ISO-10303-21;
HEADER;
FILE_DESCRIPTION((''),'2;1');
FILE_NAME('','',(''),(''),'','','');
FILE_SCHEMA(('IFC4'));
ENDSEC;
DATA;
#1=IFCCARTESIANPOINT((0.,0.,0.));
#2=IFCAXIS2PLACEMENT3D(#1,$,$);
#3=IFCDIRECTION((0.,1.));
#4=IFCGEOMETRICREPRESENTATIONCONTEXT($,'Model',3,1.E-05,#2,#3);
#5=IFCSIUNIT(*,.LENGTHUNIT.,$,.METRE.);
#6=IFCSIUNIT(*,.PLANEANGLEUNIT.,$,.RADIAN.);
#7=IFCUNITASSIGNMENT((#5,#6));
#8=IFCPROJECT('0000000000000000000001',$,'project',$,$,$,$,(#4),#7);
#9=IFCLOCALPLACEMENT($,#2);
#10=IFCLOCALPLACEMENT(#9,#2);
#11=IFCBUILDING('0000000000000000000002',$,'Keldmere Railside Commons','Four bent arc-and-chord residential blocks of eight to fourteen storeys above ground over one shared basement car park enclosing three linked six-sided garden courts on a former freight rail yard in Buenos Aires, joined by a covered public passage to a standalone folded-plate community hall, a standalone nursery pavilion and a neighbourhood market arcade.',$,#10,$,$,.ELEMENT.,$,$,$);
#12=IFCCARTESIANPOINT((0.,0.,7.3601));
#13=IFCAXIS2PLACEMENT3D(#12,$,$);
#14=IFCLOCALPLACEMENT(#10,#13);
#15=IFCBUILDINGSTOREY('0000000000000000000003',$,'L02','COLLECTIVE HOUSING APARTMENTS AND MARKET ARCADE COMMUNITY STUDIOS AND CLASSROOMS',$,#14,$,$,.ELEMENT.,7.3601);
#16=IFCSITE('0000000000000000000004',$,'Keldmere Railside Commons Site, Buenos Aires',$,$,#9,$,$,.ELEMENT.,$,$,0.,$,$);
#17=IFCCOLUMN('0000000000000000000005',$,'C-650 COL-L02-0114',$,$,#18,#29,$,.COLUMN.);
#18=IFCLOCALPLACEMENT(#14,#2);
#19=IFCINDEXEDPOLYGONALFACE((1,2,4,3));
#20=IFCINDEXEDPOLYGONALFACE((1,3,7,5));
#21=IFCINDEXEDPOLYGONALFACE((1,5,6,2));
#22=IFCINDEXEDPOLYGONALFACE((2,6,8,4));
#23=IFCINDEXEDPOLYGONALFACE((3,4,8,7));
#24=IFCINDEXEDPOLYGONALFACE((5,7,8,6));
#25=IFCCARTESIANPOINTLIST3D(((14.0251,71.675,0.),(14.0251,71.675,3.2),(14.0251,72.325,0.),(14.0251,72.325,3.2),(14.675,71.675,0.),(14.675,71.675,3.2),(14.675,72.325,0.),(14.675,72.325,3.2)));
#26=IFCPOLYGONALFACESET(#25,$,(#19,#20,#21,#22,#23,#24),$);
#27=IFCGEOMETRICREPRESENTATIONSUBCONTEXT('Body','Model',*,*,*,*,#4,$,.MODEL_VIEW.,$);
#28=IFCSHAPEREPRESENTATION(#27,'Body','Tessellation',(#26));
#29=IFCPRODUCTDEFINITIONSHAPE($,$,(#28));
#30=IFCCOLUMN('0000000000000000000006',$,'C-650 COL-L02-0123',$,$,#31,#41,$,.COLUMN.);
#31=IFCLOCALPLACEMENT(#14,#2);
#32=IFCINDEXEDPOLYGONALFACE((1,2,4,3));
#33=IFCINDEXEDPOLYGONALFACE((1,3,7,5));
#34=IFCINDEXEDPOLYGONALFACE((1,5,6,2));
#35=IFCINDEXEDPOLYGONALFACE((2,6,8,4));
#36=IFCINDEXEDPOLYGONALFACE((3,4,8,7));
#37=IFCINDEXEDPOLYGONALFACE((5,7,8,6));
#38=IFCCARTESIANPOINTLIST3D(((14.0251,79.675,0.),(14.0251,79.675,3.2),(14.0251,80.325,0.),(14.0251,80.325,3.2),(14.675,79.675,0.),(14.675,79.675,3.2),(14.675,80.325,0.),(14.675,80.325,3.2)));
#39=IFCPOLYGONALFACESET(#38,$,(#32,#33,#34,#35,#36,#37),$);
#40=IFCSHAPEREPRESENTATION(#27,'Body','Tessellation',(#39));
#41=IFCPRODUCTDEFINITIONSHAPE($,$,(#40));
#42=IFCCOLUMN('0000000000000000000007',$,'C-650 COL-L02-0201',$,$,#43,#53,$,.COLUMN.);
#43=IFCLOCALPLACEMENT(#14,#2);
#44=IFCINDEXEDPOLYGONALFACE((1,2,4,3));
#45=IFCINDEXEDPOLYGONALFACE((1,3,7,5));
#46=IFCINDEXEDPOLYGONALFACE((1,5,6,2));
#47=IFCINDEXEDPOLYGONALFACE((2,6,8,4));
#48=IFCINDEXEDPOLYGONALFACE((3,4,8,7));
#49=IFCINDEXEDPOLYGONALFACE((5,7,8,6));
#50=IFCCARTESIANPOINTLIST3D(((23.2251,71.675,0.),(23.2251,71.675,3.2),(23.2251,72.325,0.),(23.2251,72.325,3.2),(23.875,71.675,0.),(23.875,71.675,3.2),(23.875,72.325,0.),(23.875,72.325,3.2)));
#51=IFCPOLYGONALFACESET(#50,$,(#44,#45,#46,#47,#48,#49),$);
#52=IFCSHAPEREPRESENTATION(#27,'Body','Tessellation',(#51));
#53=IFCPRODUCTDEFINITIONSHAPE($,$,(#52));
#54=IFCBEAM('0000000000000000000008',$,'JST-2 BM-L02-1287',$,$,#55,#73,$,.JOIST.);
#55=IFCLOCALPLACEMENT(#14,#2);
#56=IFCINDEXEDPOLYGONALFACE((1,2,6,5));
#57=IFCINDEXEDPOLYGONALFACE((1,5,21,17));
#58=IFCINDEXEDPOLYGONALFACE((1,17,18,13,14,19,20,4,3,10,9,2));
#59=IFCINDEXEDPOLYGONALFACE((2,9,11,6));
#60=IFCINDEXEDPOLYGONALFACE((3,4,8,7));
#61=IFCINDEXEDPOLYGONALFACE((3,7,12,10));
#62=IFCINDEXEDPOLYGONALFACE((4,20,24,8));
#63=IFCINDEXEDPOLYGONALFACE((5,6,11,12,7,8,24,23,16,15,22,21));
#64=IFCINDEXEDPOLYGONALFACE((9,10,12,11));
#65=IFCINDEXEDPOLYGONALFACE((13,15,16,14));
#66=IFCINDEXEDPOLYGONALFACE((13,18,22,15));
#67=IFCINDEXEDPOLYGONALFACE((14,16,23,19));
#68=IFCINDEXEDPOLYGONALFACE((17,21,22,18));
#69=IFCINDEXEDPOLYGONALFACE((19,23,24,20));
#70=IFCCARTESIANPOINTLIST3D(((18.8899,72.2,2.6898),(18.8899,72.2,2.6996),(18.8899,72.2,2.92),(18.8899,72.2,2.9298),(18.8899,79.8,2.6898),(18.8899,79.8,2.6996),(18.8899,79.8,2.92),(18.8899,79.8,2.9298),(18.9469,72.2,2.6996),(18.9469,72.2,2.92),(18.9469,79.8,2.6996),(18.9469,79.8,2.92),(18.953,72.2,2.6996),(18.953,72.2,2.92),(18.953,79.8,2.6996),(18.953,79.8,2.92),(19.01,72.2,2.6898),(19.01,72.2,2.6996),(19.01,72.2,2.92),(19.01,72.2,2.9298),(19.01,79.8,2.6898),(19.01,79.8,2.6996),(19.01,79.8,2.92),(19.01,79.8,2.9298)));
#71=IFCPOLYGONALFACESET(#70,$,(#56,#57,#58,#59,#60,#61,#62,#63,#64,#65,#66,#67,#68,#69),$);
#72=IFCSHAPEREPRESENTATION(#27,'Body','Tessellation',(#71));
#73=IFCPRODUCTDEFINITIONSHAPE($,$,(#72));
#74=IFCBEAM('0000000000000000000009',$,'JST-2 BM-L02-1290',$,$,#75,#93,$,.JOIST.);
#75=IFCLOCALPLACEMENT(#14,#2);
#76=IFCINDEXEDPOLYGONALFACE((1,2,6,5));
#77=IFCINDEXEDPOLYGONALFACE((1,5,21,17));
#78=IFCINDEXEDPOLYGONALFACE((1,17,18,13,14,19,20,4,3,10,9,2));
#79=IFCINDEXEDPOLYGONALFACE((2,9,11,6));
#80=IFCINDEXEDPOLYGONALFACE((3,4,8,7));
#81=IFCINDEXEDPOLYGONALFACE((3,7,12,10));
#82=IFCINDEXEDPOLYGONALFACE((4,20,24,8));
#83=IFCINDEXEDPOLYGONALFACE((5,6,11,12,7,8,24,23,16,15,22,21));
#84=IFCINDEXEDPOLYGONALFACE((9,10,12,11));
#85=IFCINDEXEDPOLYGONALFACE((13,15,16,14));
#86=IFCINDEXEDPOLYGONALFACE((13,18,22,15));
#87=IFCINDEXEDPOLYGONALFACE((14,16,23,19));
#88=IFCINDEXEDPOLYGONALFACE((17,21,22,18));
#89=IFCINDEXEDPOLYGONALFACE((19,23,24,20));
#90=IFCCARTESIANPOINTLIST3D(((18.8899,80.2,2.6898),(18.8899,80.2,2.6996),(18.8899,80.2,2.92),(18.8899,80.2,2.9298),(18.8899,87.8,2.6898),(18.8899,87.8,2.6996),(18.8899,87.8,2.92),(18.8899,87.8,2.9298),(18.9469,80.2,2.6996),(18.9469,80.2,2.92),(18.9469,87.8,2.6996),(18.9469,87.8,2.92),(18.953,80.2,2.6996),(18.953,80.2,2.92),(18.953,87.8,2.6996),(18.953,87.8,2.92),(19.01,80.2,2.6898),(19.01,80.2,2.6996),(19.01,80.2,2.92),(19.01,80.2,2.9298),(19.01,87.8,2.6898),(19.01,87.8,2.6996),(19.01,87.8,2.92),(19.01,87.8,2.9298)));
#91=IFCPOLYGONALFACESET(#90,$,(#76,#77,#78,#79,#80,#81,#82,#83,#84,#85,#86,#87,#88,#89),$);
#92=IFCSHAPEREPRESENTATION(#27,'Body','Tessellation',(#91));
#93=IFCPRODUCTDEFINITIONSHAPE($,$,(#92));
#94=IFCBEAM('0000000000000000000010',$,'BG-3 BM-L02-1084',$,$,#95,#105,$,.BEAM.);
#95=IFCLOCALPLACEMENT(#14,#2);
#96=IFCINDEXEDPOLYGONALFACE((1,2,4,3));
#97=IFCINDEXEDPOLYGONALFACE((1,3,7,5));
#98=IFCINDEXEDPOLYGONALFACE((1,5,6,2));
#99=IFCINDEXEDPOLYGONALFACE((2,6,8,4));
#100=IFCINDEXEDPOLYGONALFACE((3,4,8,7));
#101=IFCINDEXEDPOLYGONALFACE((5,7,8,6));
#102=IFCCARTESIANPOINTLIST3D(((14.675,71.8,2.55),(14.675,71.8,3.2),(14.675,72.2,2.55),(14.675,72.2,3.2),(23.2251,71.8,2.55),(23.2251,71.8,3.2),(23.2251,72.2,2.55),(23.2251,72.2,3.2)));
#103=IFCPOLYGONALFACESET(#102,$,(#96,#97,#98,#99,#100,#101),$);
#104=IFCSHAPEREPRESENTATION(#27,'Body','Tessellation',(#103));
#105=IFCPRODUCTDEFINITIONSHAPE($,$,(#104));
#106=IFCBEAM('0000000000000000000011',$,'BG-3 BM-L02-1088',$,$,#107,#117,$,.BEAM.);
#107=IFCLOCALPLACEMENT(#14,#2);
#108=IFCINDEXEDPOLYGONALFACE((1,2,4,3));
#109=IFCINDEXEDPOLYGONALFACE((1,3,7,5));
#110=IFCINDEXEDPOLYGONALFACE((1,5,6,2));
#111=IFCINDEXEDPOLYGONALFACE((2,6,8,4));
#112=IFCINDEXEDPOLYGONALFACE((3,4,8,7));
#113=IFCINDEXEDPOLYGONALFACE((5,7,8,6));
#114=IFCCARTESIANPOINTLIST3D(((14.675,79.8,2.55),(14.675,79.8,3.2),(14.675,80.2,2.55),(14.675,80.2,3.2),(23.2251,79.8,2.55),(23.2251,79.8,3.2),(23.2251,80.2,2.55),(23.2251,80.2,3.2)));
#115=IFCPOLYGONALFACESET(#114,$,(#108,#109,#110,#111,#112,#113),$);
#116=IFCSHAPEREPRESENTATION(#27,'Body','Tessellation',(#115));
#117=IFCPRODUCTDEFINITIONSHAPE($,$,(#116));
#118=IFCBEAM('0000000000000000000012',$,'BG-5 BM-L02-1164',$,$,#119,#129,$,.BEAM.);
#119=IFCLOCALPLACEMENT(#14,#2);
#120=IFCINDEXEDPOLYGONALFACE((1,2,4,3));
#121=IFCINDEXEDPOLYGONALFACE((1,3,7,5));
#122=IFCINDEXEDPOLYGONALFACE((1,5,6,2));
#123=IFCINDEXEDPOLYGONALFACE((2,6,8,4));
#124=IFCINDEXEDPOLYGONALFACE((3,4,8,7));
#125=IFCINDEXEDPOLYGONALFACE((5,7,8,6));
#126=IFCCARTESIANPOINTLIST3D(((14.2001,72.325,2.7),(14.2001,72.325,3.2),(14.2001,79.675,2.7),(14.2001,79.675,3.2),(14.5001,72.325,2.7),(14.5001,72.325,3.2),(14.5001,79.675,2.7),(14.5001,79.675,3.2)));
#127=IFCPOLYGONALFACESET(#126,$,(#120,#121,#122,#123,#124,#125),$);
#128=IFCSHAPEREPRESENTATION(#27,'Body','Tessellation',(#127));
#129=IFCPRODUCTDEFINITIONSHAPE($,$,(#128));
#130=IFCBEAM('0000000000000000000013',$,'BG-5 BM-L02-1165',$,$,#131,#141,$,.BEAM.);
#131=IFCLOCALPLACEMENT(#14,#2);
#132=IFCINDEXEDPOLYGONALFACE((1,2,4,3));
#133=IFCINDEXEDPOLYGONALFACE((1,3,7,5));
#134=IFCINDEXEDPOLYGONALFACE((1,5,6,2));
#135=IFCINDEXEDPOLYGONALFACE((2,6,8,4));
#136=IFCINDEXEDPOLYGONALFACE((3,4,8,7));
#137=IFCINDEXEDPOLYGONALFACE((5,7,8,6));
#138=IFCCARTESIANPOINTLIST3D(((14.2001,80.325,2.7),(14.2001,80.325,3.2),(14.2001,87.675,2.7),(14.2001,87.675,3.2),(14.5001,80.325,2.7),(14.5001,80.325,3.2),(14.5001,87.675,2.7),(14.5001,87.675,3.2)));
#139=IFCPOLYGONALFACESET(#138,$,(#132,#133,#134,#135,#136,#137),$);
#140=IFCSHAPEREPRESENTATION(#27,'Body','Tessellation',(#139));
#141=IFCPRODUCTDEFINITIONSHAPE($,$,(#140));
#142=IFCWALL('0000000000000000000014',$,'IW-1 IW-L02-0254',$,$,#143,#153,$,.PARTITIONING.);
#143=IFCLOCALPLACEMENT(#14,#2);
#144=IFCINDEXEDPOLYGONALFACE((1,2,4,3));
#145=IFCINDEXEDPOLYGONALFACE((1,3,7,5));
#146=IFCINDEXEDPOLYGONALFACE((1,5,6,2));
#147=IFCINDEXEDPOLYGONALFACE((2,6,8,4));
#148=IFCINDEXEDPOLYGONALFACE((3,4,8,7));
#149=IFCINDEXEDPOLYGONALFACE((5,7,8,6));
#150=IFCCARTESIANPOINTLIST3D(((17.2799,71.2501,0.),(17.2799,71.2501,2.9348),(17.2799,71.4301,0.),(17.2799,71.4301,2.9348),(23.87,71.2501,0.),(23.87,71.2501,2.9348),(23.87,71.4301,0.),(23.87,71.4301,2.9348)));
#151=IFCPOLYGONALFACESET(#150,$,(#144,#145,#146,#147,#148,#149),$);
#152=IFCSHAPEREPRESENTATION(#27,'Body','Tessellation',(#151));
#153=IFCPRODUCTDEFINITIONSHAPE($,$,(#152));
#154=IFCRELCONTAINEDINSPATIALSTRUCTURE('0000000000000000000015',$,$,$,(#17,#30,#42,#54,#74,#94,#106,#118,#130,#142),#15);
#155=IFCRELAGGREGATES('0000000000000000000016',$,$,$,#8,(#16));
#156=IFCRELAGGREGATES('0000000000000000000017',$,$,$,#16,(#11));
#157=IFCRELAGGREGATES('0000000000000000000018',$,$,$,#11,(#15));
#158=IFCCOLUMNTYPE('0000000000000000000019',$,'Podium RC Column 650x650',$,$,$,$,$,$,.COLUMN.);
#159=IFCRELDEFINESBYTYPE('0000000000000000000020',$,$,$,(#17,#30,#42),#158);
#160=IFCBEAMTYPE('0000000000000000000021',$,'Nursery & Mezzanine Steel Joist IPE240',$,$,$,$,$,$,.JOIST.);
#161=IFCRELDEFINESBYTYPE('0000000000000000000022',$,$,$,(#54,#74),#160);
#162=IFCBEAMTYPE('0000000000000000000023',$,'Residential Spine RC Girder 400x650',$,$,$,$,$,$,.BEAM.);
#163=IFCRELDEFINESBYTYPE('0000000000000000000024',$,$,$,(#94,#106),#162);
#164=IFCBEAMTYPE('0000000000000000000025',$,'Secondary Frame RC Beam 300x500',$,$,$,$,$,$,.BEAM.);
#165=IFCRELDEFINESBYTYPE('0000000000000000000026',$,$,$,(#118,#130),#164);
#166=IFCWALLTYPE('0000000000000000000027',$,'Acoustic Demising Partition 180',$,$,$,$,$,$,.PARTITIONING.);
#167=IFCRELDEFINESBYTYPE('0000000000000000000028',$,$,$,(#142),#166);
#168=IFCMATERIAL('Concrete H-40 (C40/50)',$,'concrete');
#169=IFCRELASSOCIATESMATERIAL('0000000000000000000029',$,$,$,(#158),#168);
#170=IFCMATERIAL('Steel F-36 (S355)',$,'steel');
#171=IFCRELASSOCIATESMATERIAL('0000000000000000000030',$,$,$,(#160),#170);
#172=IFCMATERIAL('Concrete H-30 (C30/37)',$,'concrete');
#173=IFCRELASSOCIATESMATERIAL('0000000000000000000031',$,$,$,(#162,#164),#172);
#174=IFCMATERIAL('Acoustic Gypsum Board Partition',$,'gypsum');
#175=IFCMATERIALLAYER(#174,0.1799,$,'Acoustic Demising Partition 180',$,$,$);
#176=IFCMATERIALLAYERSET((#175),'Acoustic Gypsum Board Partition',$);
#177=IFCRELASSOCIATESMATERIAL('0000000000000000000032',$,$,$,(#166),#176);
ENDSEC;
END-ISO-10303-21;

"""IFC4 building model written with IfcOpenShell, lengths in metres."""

from ifc_helpers import new_model, si_unit, direction, frame, frame_2d, origin, origin_2d, place, context, subcontext, project, spatial, rectangle, i_section, extrude, material, layer, layer_set, material_profile, profile_set, type_object, element, save


model = new_model("IFC4")

# Units and contexts
model_context = context("Model", 3, precision=1e-05, world=origin(), true_north=direction((0.0, 1.0)))
body_context = subcontext(model_context, "Body", "Model", "MODEL_VIEW")
ifc_project = project(units=[si_unit("LENGTHUNIT", "METRE"), si_unit("PLANEANGLEUNIT", "RADIAN")], contexts=[model_context])

# Site, building, storey
site_placement = place(None, origin())
site = spatial("IfcSite", under=ifc_project, at=site_placement, Name="Keldmere Railside Commons Site, Buenos Aires", CompositionType="ELEMENT", RefElevation=0.0)
building_placement = place(site_placement, origin())
building = spatial("IfcBuilding", under=site, at=building_placement, Name="Keldmere Railside Commons", Description="Four bent arc-and-chord residential blocks of eight to fourteen storeys above ground over one shared basement car park enclosing three linked six-sided garden courts on a former freight rail yard in Buenos Aires, joined by a covered public passage to a standalone folded-plate community hall, a standalone nursery pavilion and a neighbourhood market arcade.", CompositionType="ELEMENT")
storey_placement = place(building_placement, frame((0.0, 0.0, 7.3601)))
storey = spatial("IfcBuildingStorey", under=building, at=storey_placement, Name="L02", Description="COLLECTIVE HOUSING APARTMENTS AND MARKET ARCADE COMMUNITY STUDIOS AND CLASSROOMS", CompositionType="ELEMENT", Elevation=7.3601)

# Columns
ifc_material_1 = material(Name="Concrete H-40 (C40/50)", Category="concrete")
ifc_material_profile_1 = material_profile(ifc_material_1, rectangle(XDim=0.6499, YDim=0.6499, at=origin_2d()), Name="RC-650x650")
ifc_profile_set_1 = profile_set([ifc_material_profile_1], Name="Concrete H-40 (C40/50)")
column_type = type_object("IfcColumnType", Name="Podium RC Column 650x650", PredefinedType="COLUMN", material=ifc_profile_set_1)
for number, where, z_axis, x_axis, name in (
    (1, (14.3501, 72.0, 0.0), (0.0, 0.0, 1.0), (1.0, 0.0, 0.0), "C-650 COL-L02-0114"),
    (2, (14.3501, 80.0, 0.0), (0.0, 0.0, 1.0), (1.0, 0.0, 0.0), "C-650 COL-L02-0123"),
    (3, (23.55, 72.0, 0.0), (0.0, 0.0, 1.0), (1.0, 0.0, 0.0), "C-650 COL-L02-0201"),
):
    element("IfcColumn", number, at=place(storey_placement, frame(where, z_axis=z_axis, x_axis=x_axis)), inside=storey, type_object=column_type, Name=name, PredefinedType="COLUMN", context=body_context, shape_type="SweptSolid", body=[
        extrude(rectangle(XDim=0.6499, YDim=0.6499, at=origin_2d()), origin(), (0.0, 0.0, 1.0), 3.2),
    ])

# Beams
ifc_material_2 = material(Name="Steel F-36 (S355)", Category="steel")
ifc_material_profile_2 = material_profile(ifc_material_2, i_section(OverallWidth=0.1201, OverallDepth=0.24, WebThickness=0.0061, FlangeThickness=0.0098, at=origin_2d()), Name="IPE-240")
ifc_profile_set_2 = profile_set([ifc_material_profile_2], Name="Steel F-36 (S355)")
beam_type_1 = type_object("IfcBeamType", Name="Nursery & Mezzanine Steel Joist IPE240", PredefinedType="JOIST", material=ifc_profile_set_2)
for number, where, z_axis, x_axis, name in (
    (4, (18.95, 72.2, 2.8098), (0.0, 1.0, 0.0), (-1.0, 0.0, 0.0), "JST-2 BM-L02-1287"),
    (5, (18.95, 80.2, 2.8098), (0.0, 1.0, 0.0), (-1.0, 0.0, 0.0), "JST-2 BM-L02-1290"),
):
    element("IfcBeam", number, at=place(storey_placement, frame(where, z_axis=z_axis, x_axis=x_axis)), inside=storey, type_object=beam_type_1, Name=name, PredefinedType="JOIST", context=body_context, shape_type="SweptSolid", body=[
        extrude(i_section(OverallWidth=0.1201, OverallDepth=0.24, WebThickness=0.0061, FlangeThickness=0.0098, at=origin_2d()), origin(), (0.0, 0.0, 1.0), 7.6001),
    ])
ifc_material_3 = material(Name="Concrete H-30 (C30/37)", Category="concrete")
ifc_material_profile_3 = material_profile(ifc_material_3, rectangle(XDim=0.3999, YDim=0.6499, at=origin_2d()), Name="RC-400x650")
ifc_profile_set_3 = profile_set([ifc_material_profile_3], Name="Concrete H-30 (C30/37)")
beam_type_2 = type_object("IfcBeamType", Name="Residential Spine RC Girder 400x650", PredefinedType="BEAM", material=ifc_profile_set_3)
for number, where, z_axis, x_axis, name in (
    (6, (14.675, 72.0, 2.875), (1.0, 0.0, 0.0), (0.0, 1.0, 0.0), "BG-3 BM-L02-1084"),
    (7, (14.675, 80.0, 2.875), (1.0, 0.0, 0.0), (0.0, 1.0, 0.0), "BG-3 BM-L02-1088"),
):
    element("IfcBeam", number, at=place(storey_placement, frame(where, z_axis=z_axis, x_axis=x_axis)), inside=storey, type_object=beam_type_2, Name=name, PredefinedType="BEAM", context=body_context, shape_type="SweptSolid", body=[
        extrude(rectangle(XDim=0.3999, YDim=0.6499, at=origin_2d()), origin(), (0.0, 0.0, 1.0), 8.55),
    ])
ifc_material_profile_4 = material_profile(ifc_material_3, rectangle(XDim=0.3, YDim=0.5, at=origin_2d()), Name="RC-300x500")
ifc_profile_set_4 = profile_set([ifc_material_profile_4], Name="Concrete H-30 (C30/37)")
beam_type_3 = type_object("IfcBeamType", Name="Secondary Frame RC Beam 300x500", PredefinedType="BEAM", material=ifc_profile_set_4)
for number, where, z_axis, x_axis, name in (
    (8, (14.3501, 72.325, 2.95), (0.0, 1.0, 0.0), (-1.0, 0.0, 0.0), "BG-5 BM-L02-1164"),
    (9, (14.3501, 80.325, 2.95), (0.0, 1.0, 0.0), (-1.0, 0.0, 0.0), "BG-5 BM-L02-1165"),
):
    element("IfcBeam", number, at=place(storey_placement, frame(where, z_axis=z_axis, x_axis=x_axis)), inside=storey, type_object=beam_type_3, Name=name, PredefinedType="BEAM", context=body_context, shape_type="SweptSolid", body=[
        extrude(rectangle(XDim=0.3, YDim=0.5, at=origin_2d()), origin(), (0.0, 0.0, 1.0), 7.3501),
    ])

# Wall
ifc_material_4 = material(Name="Acoustic Gypsum Board Partition", Category="gypsum")
ifc_layer_1 = layer(ifc_material_4, 0.1799, Name="Acoustic Demising Partition 180")
ifc_layer_set_1 = layer_set([ifc_layer_1], Name="Acoustic Gypsum Board Partition")
wall_type_1 = type_object("IfcWallType", Name="Acoustic Demising Partition 180", PredefinedType="PARTITIONING", material=ifc_layer_set_1)
wall_1_placement = place(storey_placement, frame((17.28, 71.3401, 0.0), z_axis=(0.0, 0.0, 1.0), x_axis=(1.0, 0.0, 0.0)))
element("IfcWall", 10, at=wall_1_placement, inside=storey, type_object=wall_type_1, Name="IW-1 IW-L02-0254", PredefinedType="PARTITIONING", context=body_context, shape_type="SweptSolid", body=[
    extrude(rectangle(XDim=6.5901, YDim=0.1799, at=frame_2d((3.2949, 0.0))), origin(), (0.0, 0.0, 1.0), 2.9348),
])

save(model, "model.ifc")
